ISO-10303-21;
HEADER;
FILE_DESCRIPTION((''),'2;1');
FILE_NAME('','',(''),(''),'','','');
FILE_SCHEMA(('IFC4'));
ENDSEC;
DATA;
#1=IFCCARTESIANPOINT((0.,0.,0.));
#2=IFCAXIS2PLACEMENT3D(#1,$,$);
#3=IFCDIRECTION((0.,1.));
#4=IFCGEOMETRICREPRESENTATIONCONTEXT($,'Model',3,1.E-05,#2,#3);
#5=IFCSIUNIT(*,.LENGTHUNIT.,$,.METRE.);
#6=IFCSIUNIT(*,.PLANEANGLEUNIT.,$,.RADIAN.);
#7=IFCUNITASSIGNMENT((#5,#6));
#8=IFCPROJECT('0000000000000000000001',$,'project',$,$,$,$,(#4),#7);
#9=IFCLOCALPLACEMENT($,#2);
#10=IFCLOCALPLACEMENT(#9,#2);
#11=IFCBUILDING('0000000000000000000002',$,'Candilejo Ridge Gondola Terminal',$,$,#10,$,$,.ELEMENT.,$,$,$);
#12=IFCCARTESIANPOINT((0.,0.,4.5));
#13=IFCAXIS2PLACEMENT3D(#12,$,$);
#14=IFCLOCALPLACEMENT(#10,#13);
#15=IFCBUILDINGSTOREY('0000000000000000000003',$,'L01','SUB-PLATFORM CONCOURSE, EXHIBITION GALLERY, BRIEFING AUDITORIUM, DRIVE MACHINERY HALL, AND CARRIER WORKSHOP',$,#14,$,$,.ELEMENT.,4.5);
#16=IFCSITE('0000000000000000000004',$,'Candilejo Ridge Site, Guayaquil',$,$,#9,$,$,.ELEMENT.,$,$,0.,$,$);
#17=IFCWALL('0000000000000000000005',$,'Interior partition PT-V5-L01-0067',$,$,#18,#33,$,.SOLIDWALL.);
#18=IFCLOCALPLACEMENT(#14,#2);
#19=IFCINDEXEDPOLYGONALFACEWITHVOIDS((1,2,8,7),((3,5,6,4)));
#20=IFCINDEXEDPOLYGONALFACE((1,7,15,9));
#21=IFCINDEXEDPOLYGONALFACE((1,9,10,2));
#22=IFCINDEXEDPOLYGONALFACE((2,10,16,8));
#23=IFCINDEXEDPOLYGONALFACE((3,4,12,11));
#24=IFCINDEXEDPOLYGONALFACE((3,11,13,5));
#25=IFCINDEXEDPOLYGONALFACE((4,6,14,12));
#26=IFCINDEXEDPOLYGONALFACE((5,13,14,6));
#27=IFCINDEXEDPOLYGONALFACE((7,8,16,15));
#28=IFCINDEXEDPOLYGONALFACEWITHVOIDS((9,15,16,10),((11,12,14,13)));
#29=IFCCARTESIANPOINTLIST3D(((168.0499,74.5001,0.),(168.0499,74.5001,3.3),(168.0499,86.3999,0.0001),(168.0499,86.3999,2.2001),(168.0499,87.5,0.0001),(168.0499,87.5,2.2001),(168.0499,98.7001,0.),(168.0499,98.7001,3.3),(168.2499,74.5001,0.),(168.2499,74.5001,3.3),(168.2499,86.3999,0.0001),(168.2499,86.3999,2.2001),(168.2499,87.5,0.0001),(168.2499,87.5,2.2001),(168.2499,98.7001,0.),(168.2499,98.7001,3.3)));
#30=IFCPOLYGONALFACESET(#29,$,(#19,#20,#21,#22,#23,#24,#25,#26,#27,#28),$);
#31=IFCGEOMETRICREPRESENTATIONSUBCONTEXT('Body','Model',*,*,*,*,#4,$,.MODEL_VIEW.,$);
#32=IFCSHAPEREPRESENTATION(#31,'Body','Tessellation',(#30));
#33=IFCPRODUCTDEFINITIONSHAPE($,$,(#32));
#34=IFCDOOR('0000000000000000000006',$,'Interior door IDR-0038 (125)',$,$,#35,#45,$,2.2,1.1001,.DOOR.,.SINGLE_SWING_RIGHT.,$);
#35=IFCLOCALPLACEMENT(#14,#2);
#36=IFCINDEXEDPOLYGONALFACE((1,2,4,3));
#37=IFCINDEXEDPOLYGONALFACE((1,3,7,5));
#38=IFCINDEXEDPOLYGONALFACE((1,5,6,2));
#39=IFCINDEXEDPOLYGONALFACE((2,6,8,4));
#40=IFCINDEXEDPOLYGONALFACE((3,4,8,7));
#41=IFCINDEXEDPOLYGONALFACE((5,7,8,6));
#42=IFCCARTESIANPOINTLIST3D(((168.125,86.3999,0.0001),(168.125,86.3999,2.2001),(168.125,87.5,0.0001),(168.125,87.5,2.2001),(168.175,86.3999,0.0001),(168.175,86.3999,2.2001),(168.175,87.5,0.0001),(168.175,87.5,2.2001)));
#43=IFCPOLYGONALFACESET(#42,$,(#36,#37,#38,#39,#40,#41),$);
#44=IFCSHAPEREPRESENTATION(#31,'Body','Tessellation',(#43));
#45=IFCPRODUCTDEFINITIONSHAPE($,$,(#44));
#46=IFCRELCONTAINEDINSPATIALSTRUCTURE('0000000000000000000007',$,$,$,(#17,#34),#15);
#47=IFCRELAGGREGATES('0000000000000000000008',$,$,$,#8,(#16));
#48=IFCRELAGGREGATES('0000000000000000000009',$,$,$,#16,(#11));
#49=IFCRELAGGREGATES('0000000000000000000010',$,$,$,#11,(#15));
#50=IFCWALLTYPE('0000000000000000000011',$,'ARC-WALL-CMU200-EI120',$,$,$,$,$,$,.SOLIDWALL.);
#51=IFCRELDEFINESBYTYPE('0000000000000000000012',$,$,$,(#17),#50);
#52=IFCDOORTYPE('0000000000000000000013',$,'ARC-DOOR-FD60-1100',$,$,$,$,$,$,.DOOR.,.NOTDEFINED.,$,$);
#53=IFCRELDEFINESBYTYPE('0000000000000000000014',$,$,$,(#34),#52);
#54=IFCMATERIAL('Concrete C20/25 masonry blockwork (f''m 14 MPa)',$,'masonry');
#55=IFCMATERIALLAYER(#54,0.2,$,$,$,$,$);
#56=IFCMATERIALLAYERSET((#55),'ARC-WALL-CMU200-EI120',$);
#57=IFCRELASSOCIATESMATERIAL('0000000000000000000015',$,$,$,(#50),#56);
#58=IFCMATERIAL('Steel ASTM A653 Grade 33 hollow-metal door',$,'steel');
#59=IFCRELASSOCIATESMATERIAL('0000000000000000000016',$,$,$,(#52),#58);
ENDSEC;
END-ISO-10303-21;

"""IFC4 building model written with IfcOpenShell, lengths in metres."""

from ifc_helpers import new_model, si_unit, direction, frame, frame_2d, origin, place, context, subcontext, project, spatial, rectangle, extrude, material, layer, layer_set, type_object, element, fill, save


model = new_model("IFC4")

# Units and contexts
model_context = context("Model", 3, precision=1e-05, world=origin(), true_north=direction((0.0, 1.0)))
body_context = subcontext(model_context, "Body", "Model", "MODEL_VIEW")
ifc_project = project(units=[si_unit("LENGTHUNIT", "METRE"), si_unit("PLANEANGLEUNIT", "RADIAN")], contexts=[model_context])

# Site, building, storey
site_placement = place(None, origin())
site = spatial("IfcSite", under=ifc_project, at=site_placement, Name="Candilejo Ridge Site, Guayaquil", CompositionType="ELEMENT", RefElevation=0.0)
building_placement = place(site_placement, origin())
building = spatial("IfcBuilding", under=site, at=building_placement, Name="Candilejo Ridge Gondola Terminal", CompositionType="ELEMENT")
storey_placement = place(building_placement, frame((0.0, 0.0, 4.5)))
storey = spatial("IfcBuildingStorey", under=building, at=storey_placement, Name="L01", Description="SUB-PLATFORM CONCOURSE, EXHIBITION GALLERY, BRIEFING AUDITORIUM, DRIVE MACHINERY HALL, AND CARRIER WORKSHOP", CompositionType="ELEMENT", Elevation=4.5)

# Shared definitions
ifc_material_1 = material(Name="Concrete C20/25 masonry blockwork (f'm 14 MPa)", Category="masonry")
ifc_layer_1 = layer(ifc_material_1, 0.2)
ifc_layer_set_1 = layer_set([ifc_layer_1], Name="ARC-WALL-CMU200-EI120")
wall_type_1 = type_object("IfcWallType", Name="ARC-WALL-CMU200-EI120", PredefinedType="SOLIDWALL", material=ifc_layer_set_1)

# Wall, opening, door
wall_1_placement = place(storey_placement, frame((168.1499, 74.5, 0.0), z_axis=(0.0, 0.0, 1.0), x_axis=(0.0, 1.0, 0.0)))
wall_1 = element("IfcWall", 1, at=wall_1_placement, inside=storey, type_object=wall_type_1, Name="Interior partition PT-V5-L01-0067", PredefinedType="SOLIDWALL", context=body_context, shape_type="SweptSolid", body=[
    extrude(rectangle(XDim=24.2, YDim=0.2, at=frame_2d((12.1001, 0.0))), origin(), (0.0, 0.0, 1.0), 3.3),
])
opening_1_placement = place(wall_1_placement, frame((11.8999, 0.0, 0.0)))
opening_1 = element("IfcOpeningElement", 2, at=opening_1_placement, cuts=wall_1, PredefinedType="OPENING", context=body_context, shape_type="SweptSolid", body=[
    extrude(rectangle(XDim=1.1001, YDim=2.2, at=frame_2d((0.55, 1.1001))), frame((0.0, 0.1099, 0.0), z_axis=(0.0, -1.0, 0.0), x_axis=(1.0, 0.0, 0.0)), (0.0, 0.0, 1.0), 0.22),
])
ifc_material_2 = material(Name="Steel ASTM A653 Grade 33 hollow-metal door", Category="steel")
door_type_1 = type_object("IfcDoorType", Name="ARC-DOOR-FD60-1100", OperationType="NOTDEFINED", PredefinedType="DOOR", material=ifc_material_2)
door_1_placement = place(opening_1_placement, origin())
door_1 = element("IfcDoor", 3, at=door_1_placement, inside=storey, type_object=door_type_1, Name="Interior door IDR-0038 (125)", OperationType="SINGLE_SWING_RIGHT", OverallHeight=2.2, OverallWidth=1.1001, PredefinedType="DOOR", context=body_context, shape_type="SweptSolid", body=[
    extrude(rectangle(XDim=1.1001, YDim=2.2, at=frame_2d((0.55, 1.1001))), frame((0.0, 0.0249, 0.0), z_axis=(0.0, -1.0, 0.0), x_axis=(1.0, 0.0, 0.0)), (0.0, 0.0, 1.0), 0.05),
])
fill(opening_1, door_1)

save(model, "model.ifc")
